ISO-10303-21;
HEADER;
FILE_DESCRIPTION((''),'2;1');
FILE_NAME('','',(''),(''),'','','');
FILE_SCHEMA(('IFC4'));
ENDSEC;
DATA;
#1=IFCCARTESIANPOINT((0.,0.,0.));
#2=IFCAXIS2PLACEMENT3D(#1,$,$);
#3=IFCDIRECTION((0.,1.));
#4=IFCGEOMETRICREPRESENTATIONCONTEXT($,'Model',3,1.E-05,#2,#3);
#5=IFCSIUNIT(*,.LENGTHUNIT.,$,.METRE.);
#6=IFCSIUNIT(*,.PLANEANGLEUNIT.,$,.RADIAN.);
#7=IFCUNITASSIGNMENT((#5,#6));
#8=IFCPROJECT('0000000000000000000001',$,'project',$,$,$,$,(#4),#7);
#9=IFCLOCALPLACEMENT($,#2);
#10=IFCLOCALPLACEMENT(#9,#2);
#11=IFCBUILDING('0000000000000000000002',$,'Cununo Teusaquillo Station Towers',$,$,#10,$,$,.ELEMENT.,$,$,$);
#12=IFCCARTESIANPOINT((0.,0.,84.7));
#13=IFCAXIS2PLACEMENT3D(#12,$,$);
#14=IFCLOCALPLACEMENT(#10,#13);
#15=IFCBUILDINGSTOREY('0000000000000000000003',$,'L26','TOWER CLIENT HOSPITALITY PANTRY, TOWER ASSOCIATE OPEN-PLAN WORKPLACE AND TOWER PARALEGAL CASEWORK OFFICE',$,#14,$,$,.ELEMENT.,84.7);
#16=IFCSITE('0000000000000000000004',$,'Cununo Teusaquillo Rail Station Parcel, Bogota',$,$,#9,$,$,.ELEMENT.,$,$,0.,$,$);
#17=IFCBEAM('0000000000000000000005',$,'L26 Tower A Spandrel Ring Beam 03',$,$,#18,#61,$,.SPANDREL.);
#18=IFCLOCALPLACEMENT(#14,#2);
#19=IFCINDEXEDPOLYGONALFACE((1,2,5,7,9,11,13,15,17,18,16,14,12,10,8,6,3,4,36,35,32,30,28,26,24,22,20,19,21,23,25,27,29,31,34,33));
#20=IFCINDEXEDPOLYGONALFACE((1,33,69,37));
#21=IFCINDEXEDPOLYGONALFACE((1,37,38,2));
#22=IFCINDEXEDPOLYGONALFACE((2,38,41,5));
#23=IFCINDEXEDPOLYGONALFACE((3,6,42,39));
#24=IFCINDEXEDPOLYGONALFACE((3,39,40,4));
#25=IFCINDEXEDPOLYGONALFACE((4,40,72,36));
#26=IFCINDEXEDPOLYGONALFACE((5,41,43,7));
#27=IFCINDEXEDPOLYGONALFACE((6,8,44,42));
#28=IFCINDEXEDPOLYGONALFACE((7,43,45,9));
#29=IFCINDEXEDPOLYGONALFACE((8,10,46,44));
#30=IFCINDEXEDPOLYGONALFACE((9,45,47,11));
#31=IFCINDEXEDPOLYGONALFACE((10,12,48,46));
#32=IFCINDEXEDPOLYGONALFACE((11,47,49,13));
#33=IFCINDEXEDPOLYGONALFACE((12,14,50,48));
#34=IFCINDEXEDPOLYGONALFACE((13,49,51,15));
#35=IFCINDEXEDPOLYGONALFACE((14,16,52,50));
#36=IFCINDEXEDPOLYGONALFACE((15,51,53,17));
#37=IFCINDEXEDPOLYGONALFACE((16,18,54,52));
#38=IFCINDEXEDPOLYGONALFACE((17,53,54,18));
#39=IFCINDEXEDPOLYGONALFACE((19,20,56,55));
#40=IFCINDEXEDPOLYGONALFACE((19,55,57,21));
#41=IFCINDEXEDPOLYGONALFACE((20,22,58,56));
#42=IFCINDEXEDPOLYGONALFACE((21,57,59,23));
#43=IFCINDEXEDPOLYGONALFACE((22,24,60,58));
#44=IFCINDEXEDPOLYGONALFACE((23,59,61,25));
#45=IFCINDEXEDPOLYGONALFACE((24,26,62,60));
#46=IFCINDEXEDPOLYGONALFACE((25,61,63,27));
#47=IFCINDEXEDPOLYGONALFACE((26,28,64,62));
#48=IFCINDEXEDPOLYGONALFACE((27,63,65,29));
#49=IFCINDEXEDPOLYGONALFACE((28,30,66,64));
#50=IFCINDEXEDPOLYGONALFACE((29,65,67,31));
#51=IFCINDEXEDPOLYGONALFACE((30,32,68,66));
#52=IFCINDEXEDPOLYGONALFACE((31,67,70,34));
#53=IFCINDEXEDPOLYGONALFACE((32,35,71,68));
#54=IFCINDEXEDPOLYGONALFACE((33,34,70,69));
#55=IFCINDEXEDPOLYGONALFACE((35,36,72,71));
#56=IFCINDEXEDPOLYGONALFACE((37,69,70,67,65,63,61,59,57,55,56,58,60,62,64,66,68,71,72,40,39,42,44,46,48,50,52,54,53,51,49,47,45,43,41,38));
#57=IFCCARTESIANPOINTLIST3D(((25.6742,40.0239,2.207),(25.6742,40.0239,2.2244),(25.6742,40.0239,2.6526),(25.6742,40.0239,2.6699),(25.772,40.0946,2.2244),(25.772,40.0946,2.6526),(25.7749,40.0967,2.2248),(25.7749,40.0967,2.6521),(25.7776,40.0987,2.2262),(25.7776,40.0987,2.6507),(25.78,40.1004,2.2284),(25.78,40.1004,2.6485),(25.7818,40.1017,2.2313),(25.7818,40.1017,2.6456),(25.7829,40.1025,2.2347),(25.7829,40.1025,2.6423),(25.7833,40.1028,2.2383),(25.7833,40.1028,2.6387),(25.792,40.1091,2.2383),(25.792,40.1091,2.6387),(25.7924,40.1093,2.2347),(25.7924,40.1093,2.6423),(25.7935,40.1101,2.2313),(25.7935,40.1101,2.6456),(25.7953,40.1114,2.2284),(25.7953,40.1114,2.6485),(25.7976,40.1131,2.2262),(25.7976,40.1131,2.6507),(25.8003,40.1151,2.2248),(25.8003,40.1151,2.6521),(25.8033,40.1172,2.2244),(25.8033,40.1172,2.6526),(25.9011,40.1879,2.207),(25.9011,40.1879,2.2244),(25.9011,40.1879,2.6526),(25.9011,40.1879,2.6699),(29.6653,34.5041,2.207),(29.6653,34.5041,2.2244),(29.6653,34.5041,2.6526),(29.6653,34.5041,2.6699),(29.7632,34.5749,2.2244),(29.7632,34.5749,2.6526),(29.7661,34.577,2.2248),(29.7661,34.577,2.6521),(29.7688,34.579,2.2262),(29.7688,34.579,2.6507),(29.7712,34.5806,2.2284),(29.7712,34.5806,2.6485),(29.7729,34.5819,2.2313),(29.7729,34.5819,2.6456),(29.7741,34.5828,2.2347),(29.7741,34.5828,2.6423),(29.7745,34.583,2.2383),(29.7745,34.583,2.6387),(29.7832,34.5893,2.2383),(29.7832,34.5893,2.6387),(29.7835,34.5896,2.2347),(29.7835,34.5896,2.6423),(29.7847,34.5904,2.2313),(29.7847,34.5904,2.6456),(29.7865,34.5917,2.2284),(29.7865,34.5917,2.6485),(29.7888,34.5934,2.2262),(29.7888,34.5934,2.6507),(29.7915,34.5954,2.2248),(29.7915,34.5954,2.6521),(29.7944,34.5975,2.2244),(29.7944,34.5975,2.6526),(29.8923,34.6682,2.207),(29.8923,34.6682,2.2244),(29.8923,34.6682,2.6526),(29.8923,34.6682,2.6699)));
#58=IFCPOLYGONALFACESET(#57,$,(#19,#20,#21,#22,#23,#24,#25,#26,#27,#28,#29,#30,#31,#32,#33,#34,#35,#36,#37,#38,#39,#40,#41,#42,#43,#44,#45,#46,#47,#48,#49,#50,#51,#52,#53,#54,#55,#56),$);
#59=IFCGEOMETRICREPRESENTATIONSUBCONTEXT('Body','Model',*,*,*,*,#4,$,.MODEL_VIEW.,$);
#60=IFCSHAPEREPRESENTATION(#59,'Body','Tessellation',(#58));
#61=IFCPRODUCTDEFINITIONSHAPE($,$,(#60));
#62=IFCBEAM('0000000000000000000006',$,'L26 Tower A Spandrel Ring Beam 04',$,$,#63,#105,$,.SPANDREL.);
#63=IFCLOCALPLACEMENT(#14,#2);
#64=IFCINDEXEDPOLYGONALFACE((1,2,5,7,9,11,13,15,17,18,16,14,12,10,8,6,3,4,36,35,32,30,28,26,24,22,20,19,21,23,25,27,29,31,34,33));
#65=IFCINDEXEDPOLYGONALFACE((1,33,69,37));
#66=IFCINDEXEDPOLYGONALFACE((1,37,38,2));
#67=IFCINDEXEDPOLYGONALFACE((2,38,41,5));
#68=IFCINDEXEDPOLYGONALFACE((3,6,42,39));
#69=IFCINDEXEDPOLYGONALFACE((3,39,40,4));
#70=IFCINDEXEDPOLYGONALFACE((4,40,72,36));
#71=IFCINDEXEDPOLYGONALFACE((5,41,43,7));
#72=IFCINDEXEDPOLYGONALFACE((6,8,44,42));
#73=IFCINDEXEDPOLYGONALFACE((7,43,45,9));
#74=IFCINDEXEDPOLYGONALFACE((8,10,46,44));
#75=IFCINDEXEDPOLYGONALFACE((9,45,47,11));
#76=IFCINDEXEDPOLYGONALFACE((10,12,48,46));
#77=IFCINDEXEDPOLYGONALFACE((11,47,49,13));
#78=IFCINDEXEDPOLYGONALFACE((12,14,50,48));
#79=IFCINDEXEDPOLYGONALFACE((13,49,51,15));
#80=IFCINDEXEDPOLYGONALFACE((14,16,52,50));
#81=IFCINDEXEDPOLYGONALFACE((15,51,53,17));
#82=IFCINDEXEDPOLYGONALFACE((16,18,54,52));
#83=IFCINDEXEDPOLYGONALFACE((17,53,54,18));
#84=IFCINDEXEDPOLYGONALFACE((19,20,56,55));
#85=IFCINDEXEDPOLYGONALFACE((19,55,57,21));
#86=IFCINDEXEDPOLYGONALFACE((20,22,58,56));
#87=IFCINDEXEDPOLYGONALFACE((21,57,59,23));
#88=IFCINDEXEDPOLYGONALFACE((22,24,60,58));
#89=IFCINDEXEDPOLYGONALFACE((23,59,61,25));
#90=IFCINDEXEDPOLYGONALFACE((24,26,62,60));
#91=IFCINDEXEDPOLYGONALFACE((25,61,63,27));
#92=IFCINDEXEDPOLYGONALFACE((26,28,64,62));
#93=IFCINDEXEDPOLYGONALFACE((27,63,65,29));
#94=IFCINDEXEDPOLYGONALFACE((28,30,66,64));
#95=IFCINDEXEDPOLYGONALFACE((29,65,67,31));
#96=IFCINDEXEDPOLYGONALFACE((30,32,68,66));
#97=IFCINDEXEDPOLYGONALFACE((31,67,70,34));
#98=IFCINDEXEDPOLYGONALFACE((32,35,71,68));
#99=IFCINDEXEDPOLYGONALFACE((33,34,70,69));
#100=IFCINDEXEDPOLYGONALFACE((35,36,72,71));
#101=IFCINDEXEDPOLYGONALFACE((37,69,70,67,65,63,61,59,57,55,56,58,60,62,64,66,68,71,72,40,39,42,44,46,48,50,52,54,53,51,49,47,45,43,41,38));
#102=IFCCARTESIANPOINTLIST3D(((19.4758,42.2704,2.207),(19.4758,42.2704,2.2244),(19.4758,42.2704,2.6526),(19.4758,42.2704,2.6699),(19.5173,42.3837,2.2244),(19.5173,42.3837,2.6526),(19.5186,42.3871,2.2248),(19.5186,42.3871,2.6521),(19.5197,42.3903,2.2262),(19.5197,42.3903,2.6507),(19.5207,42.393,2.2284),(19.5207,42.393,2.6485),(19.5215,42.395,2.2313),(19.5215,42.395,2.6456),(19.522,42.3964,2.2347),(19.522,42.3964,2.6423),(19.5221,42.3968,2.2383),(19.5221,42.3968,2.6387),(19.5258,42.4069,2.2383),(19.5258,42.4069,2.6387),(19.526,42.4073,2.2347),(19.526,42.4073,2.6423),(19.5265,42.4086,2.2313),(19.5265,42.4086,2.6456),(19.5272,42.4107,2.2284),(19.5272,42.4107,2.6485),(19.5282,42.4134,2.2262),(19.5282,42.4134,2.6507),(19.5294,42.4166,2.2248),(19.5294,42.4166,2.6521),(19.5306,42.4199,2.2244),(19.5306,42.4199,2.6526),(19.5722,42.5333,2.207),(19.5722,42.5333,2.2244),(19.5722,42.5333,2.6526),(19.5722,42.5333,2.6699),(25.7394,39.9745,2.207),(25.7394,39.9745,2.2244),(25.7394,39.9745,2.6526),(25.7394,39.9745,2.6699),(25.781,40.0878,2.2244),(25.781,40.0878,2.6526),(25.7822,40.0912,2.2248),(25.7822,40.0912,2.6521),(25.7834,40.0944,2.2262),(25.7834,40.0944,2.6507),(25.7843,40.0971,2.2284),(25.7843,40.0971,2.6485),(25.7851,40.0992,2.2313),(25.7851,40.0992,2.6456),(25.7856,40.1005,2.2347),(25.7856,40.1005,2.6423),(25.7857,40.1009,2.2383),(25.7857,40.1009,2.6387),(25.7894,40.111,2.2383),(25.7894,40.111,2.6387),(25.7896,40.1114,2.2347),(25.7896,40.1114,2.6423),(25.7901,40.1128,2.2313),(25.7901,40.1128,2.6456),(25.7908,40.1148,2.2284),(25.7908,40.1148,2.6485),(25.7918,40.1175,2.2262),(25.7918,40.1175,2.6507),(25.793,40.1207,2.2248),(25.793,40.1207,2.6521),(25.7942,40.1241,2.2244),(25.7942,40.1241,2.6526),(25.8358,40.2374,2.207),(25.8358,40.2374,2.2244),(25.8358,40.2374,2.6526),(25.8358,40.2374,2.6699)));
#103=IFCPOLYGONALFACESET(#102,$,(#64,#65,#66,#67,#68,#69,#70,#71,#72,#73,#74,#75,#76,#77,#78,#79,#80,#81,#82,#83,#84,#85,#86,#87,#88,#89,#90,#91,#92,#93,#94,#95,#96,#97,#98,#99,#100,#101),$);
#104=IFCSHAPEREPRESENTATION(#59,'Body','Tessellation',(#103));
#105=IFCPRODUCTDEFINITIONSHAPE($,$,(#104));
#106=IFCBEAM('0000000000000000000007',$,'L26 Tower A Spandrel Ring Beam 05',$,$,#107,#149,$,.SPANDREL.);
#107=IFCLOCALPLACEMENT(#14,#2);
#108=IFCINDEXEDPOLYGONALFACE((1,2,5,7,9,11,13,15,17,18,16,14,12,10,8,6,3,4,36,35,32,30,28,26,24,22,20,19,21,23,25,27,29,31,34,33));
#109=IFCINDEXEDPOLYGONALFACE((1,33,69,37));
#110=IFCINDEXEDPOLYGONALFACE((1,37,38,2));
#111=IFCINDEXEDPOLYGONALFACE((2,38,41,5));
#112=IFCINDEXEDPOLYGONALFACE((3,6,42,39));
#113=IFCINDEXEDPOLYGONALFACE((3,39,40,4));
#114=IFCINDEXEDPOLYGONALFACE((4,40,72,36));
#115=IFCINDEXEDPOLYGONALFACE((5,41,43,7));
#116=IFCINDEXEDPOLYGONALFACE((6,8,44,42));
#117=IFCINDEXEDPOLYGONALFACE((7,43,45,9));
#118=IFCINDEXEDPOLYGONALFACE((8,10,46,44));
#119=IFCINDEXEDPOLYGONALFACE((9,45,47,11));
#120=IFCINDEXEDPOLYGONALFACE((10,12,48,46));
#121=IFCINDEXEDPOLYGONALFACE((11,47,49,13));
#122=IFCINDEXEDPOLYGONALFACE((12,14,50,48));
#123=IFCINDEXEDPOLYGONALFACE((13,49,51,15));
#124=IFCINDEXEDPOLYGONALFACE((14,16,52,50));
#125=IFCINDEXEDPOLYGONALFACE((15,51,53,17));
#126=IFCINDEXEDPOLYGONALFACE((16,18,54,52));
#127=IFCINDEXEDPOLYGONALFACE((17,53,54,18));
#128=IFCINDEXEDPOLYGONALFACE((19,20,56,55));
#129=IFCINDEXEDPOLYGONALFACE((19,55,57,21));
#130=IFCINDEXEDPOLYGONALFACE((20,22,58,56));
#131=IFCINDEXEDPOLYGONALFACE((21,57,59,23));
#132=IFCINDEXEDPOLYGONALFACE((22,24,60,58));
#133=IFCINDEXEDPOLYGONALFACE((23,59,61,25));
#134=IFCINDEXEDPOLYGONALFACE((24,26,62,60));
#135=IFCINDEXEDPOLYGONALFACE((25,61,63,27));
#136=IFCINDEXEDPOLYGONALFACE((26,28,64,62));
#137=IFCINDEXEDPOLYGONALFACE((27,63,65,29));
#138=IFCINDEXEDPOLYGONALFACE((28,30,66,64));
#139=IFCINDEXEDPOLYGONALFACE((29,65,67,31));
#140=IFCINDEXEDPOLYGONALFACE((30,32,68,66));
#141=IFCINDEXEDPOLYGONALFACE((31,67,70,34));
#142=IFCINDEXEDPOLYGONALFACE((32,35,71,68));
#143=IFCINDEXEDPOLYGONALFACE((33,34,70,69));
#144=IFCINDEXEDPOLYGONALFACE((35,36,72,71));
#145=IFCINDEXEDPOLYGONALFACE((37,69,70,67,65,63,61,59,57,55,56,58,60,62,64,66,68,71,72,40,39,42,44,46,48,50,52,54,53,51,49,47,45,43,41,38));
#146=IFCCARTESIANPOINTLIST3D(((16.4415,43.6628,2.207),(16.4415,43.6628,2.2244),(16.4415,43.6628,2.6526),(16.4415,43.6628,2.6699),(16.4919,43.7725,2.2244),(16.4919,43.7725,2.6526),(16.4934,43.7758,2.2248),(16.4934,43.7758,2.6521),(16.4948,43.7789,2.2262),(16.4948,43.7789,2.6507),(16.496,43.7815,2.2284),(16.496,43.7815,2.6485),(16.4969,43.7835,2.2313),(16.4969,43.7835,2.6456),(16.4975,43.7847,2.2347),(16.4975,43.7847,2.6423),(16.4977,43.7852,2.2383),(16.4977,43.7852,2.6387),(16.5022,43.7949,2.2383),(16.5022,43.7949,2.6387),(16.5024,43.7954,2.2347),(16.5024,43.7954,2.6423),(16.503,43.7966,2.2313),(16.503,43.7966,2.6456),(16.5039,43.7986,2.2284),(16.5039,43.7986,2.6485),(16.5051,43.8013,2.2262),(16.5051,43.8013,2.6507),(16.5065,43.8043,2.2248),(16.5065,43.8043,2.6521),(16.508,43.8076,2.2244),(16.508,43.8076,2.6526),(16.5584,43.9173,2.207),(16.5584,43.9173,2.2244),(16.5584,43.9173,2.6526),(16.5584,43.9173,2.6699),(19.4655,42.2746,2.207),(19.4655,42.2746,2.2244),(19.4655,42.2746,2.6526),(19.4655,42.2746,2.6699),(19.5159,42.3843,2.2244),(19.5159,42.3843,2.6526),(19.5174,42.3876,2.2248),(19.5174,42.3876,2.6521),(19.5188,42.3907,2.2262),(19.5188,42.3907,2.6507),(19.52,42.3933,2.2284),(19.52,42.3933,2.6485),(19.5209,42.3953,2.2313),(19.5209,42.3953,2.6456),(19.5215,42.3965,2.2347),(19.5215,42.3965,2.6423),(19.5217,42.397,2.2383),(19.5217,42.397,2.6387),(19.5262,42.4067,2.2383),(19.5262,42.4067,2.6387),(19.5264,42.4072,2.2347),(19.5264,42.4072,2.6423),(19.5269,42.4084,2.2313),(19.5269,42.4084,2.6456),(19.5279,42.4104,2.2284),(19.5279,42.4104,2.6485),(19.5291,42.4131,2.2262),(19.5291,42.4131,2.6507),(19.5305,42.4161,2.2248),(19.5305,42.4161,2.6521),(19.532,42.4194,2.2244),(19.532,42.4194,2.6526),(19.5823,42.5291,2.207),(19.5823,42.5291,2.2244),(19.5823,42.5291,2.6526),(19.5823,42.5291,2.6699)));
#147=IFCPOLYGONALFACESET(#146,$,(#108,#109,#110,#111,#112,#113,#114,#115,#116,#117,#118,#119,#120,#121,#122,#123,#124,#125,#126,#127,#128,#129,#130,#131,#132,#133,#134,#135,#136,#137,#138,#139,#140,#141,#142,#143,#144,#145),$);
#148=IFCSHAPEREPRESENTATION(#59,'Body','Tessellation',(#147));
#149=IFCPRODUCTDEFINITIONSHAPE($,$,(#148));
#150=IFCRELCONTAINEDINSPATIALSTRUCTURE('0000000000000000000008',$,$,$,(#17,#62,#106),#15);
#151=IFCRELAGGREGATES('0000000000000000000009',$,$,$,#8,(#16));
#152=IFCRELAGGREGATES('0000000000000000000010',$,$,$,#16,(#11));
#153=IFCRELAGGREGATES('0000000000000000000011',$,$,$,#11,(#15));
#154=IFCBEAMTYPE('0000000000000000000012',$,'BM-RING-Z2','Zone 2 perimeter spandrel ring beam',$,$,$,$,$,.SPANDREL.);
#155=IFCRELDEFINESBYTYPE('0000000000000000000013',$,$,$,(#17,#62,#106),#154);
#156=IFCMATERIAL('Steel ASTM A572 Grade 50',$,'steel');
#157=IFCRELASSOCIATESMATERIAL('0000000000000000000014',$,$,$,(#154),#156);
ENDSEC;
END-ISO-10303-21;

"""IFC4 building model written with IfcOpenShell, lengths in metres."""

from ifc_helpers import new_model, si_unit, direction, frame, origin, origin_2d, place, context, subcontext, project, spatial, i_section, extrude, material, material_profile, profile_set, type_object, element, save


model = new_model("IFC4")

# Units and contexts
model_context = context("Model", 3, precision=1e-05, world=origin(), true_north=direction((0.0, 1.0)))
body_context = subcontext(model_context, "Body", "Model", "MODEL_VIEW")
ifc_project = project(units=[si_unit("LENGTHUNIT", "METRE"), si_unit("PLANEANGLEUNIT", "RADIAN")], contexts=[model_context])

# Site, building, storey
site_placement = place(None, origin())
site = spatial("IfcSite", under=ifc_project, at=site_placement, Name="Cununo Teusaquillo Rail Station Parcel, Bogota", CompositionType="ELEMENT", RefElevation=0.0)
building_placement = place(site_placement, origin())
building = spatial("IfcBuilding", under=site, at=building_placement, Name="Cununo Teusaquillo Station Towers", CompositionType="ELEMENT")
storey_placement = place(building_placement, frame((0.0, 0.0, 84.7)))
storey = spatial("IfcBuildingStorey", under=building, at=storey_placement, Name="L26", Description="TOWER CLIENT HOSPITALITY PANTRY, TOWER ASSOCIATE OPEN-PLAN WORKPLACE AND TOWER PARALEGAL CASEWORK OFFICE", CompositionType="ELEMENT", Elevation=84.7)

# Beams
ifc_material_1 = material(Name="Steel ASTM A572 Grade 50", Category="steel")
ifc_material_profile_1 = material_profile(ifc_material_1, i_section(OverallWidth=0.28, OverallDepth=0.4629, WebThickness=0.0107, FlangeThickness=0.0173, FilletRadius=0.0139, at=origin_2d()), Name="W18X76")
ifc_profile_set_1 = profile_set([ifc_material_profile_1], Name="Steel ASTM A572 Grade 50")
beam_type_1 = type_object("IfcBeamType", Name="BM-RING-Z2", Description="Zone 2 perimeter spandrel ring beam", PredefinedType="SPANDREL", material=ifc_profile_set_1)
beam_1_placement = place(storey_placement, frame((29.7788, 34.5862, 2.4385), z_axis=(-0.585945, 0.810351, 0.0), x_axis=(-0.810351, -0.585945, 0.0)))
element("IfcBeam", 1, at=beam_1_placement, inside=storey, type_object=beam_type_1, Name="L26 Tower A Spandrel Ring Beam 03", PredefinedType="SPANDREL", context=body_context, shape_type="SweptSolid", body=[
    extrude(i_section(OverallWidth=0.28, OverallDepth=0.4629, WebThickness=0.0107, FlangeThickness=0.0173, FilletRadius=0.0139, at=origin_2d()), origin(), (0.0, 0.0, 1.0), 6.8115),
])
beam_2_placement = place(storey_placement, frame((25.7876, 40.106, 2.4385), z_axis=(-0.938914, 0.344151, 0.0), x_axis=(-0.344151, -0.938914, 0.0)))
element("IfcBeam", 2, at=beam_2_placement, inside=storey, type_object=beam_type_1, Name="L26 Tower A Spandrel Ring Beam 04", PredefinedType="SPANDREL", context=body_context, shape_type="SweptSolid", body=[
    extrude(i_section(OverallWidth=0.28, OverallDepth=0.4629, WebThickness=0.0107, FlangeThickness=0.0173, FilletRadius=0.0139, at=origin_2d()), origin(), (0.0, 0.0, 1.0), 6.6711),
])
beam_3_placement = place(storey_placement, frame((19.5239, 42.4019, 2.4385), z_axis=(-0.908812, 0.417205, 0.0), x_axis=(-0.417205, -0.908812, 0.0)))
element("IfcBeam", 3, at=beam_3_placement, inside=storey, type_object=beam_type_1, Name="L26 Tower A Spandrel Ring Beam 05", PredefinedType="SPANDREL", context=body_context, shape_type="SweptSolid", body=[
    extrude(i_section(OverallWidth=0.28, OverallDepth=0.4629, WebThickness=0.0107, FlangeThickness=0.0173, FilletRadius=0.0139, at=origin_2d()), origin(), (0.0, 0.0, 1.0), 3.3274),
])

save(model, "model.ifc")
